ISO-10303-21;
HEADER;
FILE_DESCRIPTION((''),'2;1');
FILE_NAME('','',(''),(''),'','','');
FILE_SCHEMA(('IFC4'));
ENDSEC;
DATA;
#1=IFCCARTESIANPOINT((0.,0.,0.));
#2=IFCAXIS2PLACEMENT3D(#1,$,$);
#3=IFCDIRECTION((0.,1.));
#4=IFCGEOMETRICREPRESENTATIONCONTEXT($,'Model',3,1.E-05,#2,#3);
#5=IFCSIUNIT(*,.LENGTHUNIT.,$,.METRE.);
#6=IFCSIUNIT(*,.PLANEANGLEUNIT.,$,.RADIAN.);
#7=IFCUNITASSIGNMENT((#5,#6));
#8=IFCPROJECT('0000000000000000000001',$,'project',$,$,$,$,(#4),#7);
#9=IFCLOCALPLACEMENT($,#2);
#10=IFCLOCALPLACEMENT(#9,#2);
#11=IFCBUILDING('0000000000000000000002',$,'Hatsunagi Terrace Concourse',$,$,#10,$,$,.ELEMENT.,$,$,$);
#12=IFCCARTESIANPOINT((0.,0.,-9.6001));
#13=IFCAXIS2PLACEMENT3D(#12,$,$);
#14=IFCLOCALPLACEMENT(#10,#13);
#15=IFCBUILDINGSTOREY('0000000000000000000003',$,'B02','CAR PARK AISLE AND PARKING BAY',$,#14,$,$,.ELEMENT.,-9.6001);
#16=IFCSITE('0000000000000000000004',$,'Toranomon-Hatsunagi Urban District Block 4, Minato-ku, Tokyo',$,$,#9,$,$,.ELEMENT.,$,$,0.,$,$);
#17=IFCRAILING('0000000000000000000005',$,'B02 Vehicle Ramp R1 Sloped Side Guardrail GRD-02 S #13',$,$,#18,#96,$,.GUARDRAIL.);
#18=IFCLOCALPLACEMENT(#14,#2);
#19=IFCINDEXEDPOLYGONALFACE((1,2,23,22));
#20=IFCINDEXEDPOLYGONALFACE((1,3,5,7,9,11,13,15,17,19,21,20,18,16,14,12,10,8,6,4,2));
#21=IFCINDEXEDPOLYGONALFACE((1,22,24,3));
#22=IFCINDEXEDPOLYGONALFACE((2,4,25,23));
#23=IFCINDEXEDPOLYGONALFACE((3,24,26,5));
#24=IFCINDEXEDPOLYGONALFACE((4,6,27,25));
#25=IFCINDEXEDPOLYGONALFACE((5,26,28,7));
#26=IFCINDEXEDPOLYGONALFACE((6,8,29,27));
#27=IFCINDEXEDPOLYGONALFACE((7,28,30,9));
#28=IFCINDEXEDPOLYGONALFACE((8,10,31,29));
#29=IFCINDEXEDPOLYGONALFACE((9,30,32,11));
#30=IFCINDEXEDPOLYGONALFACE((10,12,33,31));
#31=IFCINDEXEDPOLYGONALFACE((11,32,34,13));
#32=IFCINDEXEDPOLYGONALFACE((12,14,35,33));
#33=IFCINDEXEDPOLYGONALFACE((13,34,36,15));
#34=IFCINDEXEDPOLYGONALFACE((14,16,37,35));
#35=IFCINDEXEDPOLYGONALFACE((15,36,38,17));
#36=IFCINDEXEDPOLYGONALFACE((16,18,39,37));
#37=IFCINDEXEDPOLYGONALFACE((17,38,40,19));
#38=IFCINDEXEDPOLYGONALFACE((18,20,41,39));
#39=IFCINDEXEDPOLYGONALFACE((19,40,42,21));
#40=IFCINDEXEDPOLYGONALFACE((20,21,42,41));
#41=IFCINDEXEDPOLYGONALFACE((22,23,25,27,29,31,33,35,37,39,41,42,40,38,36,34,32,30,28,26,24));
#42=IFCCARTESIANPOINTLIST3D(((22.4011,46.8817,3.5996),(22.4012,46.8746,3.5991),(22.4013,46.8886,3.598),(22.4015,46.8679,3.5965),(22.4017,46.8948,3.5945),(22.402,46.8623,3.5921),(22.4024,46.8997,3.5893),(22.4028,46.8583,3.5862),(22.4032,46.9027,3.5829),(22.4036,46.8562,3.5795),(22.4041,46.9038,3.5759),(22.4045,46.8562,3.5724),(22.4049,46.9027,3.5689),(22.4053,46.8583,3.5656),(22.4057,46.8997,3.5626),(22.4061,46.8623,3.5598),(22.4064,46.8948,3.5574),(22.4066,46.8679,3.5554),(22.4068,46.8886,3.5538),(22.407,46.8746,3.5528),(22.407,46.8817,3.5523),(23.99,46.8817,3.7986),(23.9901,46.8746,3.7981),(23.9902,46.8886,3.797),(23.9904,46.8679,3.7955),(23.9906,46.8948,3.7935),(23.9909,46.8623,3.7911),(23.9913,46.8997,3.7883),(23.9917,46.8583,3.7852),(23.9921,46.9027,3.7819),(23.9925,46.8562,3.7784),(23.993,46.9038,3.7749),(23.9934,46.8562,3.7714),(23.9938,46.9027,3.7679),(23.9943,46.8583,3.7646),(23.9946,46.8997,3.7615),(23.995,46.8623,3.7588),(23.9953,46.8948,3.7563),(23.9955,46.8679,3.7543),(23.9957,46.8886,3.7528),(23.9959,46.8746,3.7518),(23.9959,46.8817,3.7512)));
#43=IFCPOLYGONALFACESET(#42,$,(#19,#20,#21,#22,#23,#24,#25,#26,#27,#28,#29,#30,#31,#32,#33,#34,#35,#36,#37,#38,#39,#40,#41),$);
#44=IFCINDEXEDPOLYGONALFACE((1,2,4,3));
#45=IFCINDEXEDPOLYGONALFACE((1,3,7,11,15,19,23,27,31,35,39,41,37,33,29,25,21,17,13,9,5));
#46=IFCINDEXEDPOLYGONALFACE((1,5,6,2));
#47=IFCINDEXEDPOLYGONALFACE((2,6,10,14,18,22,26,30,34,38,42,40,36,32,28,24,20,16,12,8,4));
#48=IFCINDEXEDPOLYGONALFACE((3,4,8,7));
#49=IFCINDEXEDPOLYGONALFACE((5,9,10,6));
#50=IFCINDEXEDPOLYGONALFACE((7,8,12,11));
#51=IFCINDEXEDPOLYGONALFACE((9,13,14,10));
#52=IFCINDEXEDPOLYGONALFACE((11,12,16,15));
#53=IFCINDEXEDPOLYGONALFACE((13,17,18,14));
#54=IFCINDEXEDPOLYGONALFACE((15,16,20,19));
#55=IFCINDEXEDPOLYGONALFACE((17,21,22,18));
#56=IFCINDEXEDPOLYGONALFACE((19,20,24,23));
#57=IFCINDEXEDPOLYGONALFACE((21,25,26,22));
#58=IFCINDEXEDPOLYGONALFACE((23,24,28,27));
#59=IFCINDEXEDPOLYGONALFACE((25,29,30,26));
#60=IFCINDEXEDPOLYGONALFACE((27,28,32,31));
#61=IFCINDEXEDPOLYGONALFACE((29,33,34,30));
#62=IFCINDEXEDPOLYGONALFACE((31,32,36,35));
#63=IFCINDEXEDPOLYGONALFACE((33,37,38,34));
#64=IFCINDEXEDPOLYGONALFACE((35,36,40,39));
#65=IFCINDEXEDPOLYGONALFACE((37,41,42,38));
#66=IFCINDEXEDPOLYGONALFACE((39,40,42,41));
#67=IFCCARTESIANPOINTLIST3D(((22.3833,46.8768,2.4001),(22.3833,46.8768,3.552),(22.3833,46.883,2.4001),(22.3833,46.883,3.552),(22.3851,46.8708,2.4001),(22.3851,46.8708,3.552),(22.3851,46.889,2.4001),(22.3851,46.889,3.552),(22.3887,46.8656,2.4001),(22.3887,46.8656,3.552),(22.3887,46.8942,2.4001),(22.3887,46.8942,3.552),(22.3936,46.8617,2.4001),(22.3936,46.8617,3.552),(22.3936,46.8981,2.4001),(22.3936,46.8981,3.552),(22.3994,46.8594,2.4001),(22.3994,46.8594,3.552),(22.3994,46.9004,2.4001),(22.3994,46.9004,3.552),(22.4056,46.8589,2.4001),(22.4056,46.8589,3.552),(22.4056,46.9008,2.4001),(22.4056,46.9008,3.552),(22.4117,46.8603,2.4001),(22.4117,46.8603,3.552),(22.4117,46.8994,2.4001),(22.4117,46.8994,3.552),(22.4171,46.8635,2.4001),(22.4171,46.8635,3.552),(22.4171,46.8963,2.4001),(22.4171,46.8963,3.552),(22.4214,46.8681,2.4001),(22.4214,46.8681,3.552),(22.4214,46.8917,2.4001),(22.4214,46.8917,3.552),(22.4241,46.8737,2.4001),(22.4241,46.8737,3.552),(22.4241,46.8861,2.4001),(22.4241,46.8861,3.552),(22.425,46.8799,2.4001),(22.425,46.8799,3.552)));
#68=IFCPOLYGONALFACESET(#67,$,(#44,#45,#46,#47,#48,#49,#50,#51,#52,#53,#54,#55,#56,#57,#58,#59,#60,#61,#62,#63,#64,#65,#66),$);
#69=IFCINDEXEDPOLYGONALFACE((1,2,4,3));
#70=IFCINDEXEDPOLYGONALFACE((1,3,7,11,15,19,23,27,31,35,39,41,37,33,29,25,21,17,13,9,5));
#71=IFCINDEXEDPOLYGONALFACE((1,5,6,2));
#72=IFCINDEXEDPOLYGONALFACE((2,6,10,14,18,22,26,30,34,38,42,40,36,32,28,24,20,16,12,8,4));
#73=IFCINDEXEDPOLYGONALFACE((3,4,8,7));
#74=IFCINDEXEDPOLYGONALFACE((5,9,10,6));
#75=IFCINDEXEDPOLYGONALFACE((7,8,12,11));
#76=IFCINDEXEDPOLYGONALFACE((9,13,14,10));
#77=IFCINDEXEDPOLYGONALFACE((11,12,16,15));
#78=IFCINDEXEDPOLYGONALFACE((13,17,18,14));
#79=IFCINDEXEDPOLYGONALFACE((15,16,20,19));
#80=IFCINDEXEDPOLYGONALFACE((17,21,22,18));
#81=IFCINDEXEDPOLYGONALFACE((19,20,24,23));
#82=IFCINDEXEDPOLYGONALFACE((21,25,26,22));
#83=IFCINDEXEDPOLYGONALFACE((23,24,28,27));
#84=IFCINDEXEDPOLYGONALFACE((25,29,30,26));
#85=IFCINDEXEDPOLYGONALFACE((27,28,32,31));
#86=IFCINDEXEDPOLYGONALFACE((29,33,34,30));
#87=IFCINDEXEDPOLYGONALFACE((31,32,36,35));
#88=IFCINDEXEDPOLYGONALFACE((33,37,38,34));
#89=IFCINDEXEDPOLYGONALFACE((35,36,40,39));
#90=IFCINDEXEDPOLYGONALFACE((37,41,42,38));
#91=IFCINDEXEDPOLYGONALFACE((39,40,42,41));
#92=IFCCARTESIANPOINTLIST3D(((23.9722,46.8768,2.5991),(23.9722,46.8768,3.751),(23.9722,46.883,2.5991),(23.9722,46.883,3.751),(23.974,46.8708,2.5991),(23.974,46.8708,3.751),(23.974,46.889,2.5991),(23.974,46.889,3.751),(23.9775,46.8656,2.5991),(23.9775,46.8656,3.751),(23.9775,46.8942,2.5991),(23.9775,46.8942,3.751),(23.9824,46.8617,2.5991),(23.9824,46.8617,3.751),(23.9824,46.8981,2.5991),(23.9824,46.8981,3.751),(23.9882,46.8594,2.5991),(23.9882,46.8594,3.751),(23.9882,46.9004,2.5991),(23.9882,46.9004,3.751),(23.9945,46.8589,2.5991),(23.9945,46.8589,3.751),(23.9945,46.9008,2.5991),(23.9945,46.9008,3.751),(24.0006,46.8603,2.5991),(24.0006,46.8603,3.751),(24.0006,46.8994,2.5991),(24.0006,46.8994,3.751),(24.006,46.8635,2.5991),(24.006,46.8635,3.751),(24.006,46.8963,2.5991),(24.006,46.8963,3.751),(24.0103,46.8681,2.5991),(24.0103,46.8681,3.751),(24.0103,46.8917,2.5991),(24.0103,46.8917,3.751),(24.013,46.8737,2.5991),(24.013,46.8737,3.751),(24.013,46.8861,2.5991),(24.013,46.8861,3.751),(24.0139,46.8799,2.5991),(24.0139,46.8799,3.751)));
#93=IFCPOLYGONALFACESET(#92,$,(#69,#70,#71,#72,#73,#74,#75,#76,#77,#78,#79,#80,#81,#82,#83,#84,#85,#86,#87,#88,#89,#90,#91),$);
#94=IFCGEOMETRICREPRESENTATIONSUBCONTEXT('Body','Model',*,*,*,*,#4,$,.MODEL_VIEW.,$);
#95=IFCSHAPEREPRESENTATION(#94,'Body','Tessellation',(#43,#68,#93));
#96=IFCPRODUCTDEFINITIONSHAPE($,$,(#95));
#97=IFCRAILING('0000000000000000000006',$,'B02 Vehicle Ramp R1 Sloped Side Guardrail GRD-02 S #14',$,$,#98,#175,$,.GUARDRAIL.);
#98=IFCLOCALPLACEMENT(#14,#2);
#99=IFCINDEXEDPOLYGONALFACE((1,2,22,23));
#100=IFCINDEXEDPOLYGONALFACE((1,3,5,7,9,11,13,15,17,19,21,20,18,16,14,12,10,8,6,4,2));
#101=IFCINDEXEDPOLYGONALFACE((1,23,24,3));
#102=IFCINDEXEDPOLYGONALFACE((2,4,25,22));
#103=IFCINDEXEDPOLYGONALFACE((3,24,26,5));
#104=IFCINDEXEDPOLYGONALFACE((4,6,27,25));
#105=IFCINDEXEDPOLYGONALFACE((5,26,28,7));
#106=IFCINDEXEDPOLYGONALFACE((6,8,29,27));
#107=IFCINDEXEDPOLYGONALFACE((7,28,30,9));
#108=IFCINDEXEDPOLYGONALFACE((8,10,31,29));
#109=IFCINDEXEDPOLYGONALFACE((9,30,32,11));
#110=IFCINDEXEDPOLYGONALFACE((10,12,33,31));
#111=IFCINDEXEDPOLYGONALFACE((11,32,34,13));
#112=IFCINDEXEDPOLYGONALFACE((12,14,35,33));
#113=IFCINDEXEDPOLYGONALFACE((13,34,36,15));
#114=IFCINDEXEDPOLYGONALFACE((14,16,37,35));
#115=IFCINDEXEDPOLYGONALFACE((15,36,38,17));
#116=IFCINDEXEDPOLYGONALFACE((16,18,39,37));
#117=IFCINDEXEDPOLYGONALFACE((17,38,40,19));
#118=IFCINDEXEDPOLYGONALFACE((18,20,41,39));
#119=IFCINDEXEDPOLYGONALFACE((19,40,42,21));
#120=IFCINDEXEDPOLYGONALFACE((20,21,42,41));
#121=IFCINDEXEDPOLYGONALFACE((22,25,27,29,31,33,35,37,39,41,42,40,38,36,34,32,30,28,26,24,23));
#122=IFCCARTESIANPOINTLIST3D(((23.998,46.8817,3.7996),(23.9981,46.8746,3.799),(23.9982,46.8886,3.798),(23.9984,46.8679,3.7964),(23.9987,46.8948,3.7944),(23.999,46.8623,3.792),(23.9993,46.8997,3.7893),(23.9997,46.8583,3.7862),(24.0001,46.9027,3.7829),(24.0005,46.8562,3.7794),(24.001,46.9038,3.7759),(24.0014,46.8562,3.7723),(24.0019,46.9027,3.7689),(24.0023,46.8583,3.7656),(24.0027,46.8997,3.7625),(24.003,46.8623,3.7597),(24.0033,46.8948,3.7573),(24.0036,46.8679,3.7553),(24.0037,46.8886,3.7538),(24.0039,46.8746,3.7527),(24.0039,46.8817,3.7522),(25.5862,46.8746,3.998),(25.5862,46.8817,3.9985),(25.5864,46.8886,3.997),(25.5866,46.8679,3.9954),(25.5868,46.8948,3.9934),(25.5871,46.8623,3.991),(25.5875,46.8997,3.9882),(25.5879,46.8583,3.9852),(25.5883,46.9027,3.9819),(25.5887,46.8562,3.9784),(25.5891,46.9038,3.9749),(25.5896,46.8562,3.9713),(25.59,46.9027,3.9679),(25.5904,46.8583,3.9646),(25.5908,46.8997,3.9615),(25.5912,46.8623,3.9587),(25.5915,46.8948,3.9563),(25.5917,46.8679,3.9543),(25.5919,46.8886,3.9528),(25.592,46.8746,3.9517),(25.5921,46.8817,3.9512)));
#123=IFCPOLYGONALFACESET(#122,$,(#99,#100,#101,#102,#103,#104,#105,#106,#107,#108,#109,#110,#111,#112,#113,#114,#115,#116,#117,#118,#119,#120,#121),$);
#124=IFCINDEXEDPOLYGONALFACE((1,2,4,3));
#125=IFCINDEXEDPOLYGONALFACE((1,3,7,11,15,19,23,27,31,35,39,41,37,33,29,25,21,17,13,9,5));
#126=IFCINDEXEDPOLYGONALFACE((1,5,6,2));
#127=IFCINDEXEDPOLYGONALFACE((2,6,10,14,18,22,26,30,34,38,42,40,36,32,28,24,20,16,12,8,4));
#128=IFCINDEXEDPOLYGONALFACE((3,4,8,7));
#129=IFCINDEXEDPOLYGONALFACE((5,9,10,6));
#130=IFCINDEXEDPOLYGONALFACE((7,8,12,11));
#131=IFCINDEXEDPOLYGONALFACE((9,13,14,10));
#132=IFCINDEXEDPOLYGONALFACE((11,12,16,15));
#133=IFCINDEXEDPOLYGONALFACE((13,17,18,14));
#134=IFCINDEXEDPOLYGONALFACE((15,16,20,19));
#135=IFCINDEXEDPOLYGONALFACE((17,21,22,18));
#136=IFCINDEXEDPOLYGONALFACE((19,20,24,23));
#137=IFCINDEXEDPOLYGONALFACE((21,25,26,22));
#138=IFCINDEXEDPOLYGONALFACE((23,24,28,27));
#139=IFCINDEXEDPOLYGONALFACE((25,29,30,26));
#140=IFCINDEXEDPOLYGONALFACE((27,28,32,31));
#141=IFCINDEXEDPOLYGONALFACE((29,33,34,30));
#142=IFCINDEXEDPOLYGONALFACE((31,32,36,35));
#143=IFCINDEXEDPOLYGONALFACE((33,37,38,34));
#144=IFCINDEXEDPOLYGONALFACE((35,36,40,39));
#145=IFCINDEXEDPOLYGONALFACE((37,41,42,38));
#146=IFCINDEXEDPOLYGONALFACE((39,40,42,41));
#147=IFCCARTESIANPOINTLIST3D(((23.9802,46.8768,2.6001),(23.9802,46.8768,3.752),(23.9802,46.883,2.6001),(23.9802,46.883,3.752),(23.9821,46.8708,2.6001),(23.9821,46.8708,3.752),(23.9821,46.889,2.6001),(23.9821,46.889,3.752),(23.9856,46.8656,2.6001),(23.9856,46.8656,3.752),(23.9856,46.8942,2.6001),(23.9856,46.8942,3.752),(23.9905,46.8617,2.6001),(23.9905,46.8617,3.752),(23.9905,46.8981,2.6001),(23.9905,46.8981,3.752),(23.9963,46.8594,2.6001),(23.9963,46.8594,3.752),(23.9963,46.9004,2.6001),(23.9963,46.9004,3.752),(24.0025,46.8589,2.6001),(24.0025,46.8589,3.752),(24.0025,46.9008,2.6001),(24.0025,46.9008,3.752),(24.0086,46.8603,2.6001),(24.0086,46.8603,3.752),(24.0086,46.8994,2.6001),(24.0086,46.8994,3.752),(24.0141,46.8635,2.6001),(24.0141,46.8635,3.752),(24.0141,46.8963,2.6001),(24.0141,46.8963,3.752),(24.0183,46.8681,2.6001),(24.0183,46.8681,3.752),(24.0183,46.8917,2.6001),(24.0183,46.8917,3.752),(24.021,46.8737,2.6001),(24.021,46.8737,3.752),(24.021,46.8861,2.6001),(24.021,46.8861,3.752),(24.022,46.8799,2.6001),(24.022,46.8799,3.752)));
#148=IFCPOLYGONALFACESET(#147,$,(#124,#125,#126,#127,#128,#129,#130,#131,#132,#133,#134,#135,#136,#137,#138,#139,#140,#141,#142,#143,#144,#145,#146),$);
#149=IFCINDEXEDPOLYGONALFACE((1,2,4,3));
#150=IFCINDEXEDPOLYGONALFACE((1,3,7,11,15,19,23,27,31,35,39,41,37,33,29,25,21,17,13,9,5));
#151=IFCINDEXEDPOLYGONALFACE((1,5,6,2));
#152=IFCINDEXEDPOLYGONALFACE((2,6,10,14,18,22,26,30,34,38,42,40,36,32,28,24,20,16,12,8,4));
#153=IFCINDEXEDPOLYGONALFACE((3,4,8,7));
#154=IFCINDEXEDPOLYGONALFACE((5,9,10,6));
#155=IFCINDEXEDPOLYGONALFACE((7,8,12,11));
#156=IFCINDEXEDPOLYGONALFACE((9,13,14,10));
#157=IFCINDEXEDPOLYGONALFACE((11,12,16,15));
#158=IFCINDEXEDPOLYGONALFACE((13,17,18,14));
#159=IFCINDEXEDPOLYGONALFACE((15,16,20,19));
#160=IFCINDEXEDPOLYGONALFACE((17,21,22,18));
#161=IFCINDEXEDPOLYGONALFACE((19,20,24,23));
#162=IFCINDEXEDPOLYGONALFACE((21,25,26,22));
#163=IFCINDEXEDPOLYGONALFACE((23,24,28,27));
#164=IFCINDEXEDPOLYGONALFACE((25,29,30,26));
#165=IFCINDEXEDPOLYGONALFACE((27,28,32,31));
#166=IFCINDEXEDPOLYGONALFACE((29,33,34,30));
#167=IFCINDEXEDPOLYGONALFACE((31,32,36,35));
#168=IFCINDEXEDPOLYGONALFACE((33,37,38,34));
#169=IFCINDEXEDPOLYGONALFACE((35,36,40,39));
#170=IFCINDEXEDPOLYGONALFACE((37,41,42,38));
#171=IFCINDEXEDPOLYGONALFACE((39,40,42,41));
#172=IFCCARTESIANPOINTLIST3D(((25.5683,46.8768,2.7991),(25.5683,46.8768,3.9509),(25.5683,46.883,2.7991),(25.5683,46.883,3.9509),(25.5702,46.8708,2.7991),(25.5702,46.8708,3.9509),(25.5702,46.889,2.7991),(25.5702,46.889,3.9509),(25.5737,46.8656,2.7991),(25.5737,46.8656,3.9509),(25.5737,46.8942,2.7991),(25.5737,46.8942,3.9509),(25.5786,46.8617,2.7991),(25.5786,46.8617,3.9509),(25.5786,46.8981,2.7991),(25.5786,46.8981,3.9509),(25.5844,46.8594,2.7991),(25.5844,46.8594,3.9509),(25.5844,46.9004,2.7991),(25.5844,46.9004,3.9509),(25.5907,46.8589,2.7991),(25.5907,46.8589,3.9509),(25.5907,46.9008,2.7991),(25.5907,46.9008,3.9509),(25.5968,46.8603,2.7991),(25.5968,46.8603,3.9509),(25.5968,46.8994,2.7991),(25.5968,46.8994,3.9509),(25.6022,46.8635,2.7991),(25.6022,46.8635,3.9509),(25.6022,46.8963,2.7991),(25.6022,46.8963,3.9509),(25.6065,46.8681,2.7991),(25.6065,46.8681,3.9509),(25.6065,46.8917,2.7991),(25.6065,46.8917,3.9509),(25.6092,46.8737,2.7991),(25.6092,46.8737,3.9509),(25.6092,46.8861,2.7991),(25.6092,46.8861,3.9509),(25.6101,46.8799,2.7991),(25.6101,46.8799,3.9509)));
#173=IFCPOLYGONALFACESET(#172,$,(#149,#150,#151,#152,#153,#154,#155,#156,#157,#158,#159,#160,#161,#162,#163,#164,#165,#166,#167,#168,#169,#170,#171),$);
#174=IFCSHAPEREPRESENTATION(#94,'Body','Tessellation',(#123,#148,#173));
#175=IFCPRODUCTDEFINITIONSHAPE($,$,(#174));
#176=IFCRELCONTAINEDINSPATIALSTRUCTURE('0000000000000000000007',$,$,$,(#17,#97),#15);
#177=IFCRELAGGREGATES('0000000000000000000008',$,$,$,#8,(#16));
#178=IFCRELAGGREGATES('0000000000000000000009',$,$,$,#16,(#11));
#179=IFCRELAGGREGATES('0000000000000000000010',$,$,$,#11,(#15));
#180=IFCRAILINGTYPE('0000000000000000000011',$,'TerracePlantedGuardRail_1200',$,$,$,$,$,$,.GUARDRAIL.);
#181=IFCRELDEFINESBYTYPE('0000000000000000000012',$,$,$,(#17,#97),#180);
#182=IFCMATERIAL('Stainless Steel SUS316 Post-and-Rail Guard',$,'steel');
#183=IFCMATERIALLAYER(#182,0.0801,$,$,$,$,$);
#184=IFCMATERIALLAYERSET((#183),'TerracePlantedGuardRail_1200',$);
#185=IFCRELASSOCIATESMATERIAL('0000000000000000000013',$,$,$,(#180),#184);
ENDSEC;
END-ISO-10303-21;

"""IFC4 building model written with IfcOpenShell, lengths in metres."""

from ifc_helpers import new_model, si_unit, direction, frame, origin, origin_2d, place, context, subcontext, project, spatial, circle, extrude, material, layer, layer_set, type_object, element, save


model = new_model("IFC4")

# Units and contexts
model_context = context("Model", 3, precision=1e-05, world=origin(), true_north=direction((0.0, 1.0)))
body_context = subcontext(model_context, "Body", "Model", "MODEL_VIEW")
ifc_project = project(units=[si_unit("LENGTHUNIT", "METRE"), si_unit("PLANEANGLEUNIT", "RADIAN")], contexts=[model_context])

# Site, building, storey
site_placement = place(None, origin())
site = spatial("IfcSite", under=ifc_project, at=site_placement, Name="Toranomon-Hatsunagi Urban District Block 4, Minato-ku, Tokyo", CompositionType="ELEMENT", RefElevation=0.0)
building_placement = place(site_placement, origin())
building = spatial("IfcBuilding", under=site, at=building_placement, Name="Hatsunagi Terrace Concourse", CompositionType="ELEMENT")
storey_placement = place(building_placement, frame((0.0, 0.0, -9.6001)))
storey = spatial("IfcBuildingStorey", under=building, at=storey_placement, Name="B02", Description="CAR PARK AISLE AND PARKING BAY", CompositionType="ELEMENT", Elevation=-9.6001)

# Railings
ifc_material_1 = material(Name="Stainless Steel SUS316 Post-and-Rail Guard", Category="steel")
ifc_layer_1 = layer(ifc_material_1, 0.0801)
ifc_layer_set_1 = layer_set([ifc_layer_1], Name="TerracePlantedGuardRail_1200")
railing_type = type_object("IfcRailingType", Name="TerracePlantedGuardRail_1200", PredefinedType="GUARDRAIL", material=ifc_layer_set_1)
railing_1_placement = place(storey_placement, frame((22.4041, 46.8799, 2.4001)))
element("IfcRailing", 1, at=railing_1_placement, inside=storey, type_object=railing_type, Name="B02 Vehicle Ramp R1 Sloped Side Guardrail GRD-02 S #13", PredefinedType="GUARDRAIL", context=body_context, shape_type="SweptSolid", body=[
    extrude(circle(Radius=0.0239, at=origin_2d()), frame((0.0, 0.0, 1.1758), z_axis=(0.99225, 0.0, 0.12426), x_axis=(0.0, 1.0, 0.0)), (0.0, 0.0, 1.0), 1.6013),
    extrude(circle(Radius=0.021, at=origin_2d()), origin(), (0.0, 0.0, 1.0), 1.1519),
    extrude(circle(Radius=0.021, at=origin_2d()), frame((1.5889, 0.0, 0.199)), (0.0, 0.0, 1.0), 1.1519),
])
railing_2_placement = place(storey_placement, frame((24.001, 46.8799, 2.6001)))
element("IfcRailing", 2, at=railing_2_placement, inside=storey, type_object=railing_type, Name="B02 Vehicle Ramp R1 Sloped Side Guardrail GRD-02 S #14", PredefinedType="GUARDRAIL", context=body_context, shape_type="SweptSolid", body=[
    extrude(circle(Radius=0.0239, at=origin_2d()), frame((0.0, 0.0, 1.1758), z_axis=(0.992243, 0.0, 0.124316), x_axis=(0.0, 1.0, 0.0)), (0.0, 0.0, 1.0), 1.6006),
    extrude(circle(Radius=0.021, at=origin_2d()), origin(), (0.0, 0.0, 1.0), 1.1519),
    extrude(circle(Radius=0.021, at=origin_2d()), frame((1.5881, 0.0, 0.199)), (0.0, 0.0, 1.0), 1.1519),
])

save(model, "model.ifc")
